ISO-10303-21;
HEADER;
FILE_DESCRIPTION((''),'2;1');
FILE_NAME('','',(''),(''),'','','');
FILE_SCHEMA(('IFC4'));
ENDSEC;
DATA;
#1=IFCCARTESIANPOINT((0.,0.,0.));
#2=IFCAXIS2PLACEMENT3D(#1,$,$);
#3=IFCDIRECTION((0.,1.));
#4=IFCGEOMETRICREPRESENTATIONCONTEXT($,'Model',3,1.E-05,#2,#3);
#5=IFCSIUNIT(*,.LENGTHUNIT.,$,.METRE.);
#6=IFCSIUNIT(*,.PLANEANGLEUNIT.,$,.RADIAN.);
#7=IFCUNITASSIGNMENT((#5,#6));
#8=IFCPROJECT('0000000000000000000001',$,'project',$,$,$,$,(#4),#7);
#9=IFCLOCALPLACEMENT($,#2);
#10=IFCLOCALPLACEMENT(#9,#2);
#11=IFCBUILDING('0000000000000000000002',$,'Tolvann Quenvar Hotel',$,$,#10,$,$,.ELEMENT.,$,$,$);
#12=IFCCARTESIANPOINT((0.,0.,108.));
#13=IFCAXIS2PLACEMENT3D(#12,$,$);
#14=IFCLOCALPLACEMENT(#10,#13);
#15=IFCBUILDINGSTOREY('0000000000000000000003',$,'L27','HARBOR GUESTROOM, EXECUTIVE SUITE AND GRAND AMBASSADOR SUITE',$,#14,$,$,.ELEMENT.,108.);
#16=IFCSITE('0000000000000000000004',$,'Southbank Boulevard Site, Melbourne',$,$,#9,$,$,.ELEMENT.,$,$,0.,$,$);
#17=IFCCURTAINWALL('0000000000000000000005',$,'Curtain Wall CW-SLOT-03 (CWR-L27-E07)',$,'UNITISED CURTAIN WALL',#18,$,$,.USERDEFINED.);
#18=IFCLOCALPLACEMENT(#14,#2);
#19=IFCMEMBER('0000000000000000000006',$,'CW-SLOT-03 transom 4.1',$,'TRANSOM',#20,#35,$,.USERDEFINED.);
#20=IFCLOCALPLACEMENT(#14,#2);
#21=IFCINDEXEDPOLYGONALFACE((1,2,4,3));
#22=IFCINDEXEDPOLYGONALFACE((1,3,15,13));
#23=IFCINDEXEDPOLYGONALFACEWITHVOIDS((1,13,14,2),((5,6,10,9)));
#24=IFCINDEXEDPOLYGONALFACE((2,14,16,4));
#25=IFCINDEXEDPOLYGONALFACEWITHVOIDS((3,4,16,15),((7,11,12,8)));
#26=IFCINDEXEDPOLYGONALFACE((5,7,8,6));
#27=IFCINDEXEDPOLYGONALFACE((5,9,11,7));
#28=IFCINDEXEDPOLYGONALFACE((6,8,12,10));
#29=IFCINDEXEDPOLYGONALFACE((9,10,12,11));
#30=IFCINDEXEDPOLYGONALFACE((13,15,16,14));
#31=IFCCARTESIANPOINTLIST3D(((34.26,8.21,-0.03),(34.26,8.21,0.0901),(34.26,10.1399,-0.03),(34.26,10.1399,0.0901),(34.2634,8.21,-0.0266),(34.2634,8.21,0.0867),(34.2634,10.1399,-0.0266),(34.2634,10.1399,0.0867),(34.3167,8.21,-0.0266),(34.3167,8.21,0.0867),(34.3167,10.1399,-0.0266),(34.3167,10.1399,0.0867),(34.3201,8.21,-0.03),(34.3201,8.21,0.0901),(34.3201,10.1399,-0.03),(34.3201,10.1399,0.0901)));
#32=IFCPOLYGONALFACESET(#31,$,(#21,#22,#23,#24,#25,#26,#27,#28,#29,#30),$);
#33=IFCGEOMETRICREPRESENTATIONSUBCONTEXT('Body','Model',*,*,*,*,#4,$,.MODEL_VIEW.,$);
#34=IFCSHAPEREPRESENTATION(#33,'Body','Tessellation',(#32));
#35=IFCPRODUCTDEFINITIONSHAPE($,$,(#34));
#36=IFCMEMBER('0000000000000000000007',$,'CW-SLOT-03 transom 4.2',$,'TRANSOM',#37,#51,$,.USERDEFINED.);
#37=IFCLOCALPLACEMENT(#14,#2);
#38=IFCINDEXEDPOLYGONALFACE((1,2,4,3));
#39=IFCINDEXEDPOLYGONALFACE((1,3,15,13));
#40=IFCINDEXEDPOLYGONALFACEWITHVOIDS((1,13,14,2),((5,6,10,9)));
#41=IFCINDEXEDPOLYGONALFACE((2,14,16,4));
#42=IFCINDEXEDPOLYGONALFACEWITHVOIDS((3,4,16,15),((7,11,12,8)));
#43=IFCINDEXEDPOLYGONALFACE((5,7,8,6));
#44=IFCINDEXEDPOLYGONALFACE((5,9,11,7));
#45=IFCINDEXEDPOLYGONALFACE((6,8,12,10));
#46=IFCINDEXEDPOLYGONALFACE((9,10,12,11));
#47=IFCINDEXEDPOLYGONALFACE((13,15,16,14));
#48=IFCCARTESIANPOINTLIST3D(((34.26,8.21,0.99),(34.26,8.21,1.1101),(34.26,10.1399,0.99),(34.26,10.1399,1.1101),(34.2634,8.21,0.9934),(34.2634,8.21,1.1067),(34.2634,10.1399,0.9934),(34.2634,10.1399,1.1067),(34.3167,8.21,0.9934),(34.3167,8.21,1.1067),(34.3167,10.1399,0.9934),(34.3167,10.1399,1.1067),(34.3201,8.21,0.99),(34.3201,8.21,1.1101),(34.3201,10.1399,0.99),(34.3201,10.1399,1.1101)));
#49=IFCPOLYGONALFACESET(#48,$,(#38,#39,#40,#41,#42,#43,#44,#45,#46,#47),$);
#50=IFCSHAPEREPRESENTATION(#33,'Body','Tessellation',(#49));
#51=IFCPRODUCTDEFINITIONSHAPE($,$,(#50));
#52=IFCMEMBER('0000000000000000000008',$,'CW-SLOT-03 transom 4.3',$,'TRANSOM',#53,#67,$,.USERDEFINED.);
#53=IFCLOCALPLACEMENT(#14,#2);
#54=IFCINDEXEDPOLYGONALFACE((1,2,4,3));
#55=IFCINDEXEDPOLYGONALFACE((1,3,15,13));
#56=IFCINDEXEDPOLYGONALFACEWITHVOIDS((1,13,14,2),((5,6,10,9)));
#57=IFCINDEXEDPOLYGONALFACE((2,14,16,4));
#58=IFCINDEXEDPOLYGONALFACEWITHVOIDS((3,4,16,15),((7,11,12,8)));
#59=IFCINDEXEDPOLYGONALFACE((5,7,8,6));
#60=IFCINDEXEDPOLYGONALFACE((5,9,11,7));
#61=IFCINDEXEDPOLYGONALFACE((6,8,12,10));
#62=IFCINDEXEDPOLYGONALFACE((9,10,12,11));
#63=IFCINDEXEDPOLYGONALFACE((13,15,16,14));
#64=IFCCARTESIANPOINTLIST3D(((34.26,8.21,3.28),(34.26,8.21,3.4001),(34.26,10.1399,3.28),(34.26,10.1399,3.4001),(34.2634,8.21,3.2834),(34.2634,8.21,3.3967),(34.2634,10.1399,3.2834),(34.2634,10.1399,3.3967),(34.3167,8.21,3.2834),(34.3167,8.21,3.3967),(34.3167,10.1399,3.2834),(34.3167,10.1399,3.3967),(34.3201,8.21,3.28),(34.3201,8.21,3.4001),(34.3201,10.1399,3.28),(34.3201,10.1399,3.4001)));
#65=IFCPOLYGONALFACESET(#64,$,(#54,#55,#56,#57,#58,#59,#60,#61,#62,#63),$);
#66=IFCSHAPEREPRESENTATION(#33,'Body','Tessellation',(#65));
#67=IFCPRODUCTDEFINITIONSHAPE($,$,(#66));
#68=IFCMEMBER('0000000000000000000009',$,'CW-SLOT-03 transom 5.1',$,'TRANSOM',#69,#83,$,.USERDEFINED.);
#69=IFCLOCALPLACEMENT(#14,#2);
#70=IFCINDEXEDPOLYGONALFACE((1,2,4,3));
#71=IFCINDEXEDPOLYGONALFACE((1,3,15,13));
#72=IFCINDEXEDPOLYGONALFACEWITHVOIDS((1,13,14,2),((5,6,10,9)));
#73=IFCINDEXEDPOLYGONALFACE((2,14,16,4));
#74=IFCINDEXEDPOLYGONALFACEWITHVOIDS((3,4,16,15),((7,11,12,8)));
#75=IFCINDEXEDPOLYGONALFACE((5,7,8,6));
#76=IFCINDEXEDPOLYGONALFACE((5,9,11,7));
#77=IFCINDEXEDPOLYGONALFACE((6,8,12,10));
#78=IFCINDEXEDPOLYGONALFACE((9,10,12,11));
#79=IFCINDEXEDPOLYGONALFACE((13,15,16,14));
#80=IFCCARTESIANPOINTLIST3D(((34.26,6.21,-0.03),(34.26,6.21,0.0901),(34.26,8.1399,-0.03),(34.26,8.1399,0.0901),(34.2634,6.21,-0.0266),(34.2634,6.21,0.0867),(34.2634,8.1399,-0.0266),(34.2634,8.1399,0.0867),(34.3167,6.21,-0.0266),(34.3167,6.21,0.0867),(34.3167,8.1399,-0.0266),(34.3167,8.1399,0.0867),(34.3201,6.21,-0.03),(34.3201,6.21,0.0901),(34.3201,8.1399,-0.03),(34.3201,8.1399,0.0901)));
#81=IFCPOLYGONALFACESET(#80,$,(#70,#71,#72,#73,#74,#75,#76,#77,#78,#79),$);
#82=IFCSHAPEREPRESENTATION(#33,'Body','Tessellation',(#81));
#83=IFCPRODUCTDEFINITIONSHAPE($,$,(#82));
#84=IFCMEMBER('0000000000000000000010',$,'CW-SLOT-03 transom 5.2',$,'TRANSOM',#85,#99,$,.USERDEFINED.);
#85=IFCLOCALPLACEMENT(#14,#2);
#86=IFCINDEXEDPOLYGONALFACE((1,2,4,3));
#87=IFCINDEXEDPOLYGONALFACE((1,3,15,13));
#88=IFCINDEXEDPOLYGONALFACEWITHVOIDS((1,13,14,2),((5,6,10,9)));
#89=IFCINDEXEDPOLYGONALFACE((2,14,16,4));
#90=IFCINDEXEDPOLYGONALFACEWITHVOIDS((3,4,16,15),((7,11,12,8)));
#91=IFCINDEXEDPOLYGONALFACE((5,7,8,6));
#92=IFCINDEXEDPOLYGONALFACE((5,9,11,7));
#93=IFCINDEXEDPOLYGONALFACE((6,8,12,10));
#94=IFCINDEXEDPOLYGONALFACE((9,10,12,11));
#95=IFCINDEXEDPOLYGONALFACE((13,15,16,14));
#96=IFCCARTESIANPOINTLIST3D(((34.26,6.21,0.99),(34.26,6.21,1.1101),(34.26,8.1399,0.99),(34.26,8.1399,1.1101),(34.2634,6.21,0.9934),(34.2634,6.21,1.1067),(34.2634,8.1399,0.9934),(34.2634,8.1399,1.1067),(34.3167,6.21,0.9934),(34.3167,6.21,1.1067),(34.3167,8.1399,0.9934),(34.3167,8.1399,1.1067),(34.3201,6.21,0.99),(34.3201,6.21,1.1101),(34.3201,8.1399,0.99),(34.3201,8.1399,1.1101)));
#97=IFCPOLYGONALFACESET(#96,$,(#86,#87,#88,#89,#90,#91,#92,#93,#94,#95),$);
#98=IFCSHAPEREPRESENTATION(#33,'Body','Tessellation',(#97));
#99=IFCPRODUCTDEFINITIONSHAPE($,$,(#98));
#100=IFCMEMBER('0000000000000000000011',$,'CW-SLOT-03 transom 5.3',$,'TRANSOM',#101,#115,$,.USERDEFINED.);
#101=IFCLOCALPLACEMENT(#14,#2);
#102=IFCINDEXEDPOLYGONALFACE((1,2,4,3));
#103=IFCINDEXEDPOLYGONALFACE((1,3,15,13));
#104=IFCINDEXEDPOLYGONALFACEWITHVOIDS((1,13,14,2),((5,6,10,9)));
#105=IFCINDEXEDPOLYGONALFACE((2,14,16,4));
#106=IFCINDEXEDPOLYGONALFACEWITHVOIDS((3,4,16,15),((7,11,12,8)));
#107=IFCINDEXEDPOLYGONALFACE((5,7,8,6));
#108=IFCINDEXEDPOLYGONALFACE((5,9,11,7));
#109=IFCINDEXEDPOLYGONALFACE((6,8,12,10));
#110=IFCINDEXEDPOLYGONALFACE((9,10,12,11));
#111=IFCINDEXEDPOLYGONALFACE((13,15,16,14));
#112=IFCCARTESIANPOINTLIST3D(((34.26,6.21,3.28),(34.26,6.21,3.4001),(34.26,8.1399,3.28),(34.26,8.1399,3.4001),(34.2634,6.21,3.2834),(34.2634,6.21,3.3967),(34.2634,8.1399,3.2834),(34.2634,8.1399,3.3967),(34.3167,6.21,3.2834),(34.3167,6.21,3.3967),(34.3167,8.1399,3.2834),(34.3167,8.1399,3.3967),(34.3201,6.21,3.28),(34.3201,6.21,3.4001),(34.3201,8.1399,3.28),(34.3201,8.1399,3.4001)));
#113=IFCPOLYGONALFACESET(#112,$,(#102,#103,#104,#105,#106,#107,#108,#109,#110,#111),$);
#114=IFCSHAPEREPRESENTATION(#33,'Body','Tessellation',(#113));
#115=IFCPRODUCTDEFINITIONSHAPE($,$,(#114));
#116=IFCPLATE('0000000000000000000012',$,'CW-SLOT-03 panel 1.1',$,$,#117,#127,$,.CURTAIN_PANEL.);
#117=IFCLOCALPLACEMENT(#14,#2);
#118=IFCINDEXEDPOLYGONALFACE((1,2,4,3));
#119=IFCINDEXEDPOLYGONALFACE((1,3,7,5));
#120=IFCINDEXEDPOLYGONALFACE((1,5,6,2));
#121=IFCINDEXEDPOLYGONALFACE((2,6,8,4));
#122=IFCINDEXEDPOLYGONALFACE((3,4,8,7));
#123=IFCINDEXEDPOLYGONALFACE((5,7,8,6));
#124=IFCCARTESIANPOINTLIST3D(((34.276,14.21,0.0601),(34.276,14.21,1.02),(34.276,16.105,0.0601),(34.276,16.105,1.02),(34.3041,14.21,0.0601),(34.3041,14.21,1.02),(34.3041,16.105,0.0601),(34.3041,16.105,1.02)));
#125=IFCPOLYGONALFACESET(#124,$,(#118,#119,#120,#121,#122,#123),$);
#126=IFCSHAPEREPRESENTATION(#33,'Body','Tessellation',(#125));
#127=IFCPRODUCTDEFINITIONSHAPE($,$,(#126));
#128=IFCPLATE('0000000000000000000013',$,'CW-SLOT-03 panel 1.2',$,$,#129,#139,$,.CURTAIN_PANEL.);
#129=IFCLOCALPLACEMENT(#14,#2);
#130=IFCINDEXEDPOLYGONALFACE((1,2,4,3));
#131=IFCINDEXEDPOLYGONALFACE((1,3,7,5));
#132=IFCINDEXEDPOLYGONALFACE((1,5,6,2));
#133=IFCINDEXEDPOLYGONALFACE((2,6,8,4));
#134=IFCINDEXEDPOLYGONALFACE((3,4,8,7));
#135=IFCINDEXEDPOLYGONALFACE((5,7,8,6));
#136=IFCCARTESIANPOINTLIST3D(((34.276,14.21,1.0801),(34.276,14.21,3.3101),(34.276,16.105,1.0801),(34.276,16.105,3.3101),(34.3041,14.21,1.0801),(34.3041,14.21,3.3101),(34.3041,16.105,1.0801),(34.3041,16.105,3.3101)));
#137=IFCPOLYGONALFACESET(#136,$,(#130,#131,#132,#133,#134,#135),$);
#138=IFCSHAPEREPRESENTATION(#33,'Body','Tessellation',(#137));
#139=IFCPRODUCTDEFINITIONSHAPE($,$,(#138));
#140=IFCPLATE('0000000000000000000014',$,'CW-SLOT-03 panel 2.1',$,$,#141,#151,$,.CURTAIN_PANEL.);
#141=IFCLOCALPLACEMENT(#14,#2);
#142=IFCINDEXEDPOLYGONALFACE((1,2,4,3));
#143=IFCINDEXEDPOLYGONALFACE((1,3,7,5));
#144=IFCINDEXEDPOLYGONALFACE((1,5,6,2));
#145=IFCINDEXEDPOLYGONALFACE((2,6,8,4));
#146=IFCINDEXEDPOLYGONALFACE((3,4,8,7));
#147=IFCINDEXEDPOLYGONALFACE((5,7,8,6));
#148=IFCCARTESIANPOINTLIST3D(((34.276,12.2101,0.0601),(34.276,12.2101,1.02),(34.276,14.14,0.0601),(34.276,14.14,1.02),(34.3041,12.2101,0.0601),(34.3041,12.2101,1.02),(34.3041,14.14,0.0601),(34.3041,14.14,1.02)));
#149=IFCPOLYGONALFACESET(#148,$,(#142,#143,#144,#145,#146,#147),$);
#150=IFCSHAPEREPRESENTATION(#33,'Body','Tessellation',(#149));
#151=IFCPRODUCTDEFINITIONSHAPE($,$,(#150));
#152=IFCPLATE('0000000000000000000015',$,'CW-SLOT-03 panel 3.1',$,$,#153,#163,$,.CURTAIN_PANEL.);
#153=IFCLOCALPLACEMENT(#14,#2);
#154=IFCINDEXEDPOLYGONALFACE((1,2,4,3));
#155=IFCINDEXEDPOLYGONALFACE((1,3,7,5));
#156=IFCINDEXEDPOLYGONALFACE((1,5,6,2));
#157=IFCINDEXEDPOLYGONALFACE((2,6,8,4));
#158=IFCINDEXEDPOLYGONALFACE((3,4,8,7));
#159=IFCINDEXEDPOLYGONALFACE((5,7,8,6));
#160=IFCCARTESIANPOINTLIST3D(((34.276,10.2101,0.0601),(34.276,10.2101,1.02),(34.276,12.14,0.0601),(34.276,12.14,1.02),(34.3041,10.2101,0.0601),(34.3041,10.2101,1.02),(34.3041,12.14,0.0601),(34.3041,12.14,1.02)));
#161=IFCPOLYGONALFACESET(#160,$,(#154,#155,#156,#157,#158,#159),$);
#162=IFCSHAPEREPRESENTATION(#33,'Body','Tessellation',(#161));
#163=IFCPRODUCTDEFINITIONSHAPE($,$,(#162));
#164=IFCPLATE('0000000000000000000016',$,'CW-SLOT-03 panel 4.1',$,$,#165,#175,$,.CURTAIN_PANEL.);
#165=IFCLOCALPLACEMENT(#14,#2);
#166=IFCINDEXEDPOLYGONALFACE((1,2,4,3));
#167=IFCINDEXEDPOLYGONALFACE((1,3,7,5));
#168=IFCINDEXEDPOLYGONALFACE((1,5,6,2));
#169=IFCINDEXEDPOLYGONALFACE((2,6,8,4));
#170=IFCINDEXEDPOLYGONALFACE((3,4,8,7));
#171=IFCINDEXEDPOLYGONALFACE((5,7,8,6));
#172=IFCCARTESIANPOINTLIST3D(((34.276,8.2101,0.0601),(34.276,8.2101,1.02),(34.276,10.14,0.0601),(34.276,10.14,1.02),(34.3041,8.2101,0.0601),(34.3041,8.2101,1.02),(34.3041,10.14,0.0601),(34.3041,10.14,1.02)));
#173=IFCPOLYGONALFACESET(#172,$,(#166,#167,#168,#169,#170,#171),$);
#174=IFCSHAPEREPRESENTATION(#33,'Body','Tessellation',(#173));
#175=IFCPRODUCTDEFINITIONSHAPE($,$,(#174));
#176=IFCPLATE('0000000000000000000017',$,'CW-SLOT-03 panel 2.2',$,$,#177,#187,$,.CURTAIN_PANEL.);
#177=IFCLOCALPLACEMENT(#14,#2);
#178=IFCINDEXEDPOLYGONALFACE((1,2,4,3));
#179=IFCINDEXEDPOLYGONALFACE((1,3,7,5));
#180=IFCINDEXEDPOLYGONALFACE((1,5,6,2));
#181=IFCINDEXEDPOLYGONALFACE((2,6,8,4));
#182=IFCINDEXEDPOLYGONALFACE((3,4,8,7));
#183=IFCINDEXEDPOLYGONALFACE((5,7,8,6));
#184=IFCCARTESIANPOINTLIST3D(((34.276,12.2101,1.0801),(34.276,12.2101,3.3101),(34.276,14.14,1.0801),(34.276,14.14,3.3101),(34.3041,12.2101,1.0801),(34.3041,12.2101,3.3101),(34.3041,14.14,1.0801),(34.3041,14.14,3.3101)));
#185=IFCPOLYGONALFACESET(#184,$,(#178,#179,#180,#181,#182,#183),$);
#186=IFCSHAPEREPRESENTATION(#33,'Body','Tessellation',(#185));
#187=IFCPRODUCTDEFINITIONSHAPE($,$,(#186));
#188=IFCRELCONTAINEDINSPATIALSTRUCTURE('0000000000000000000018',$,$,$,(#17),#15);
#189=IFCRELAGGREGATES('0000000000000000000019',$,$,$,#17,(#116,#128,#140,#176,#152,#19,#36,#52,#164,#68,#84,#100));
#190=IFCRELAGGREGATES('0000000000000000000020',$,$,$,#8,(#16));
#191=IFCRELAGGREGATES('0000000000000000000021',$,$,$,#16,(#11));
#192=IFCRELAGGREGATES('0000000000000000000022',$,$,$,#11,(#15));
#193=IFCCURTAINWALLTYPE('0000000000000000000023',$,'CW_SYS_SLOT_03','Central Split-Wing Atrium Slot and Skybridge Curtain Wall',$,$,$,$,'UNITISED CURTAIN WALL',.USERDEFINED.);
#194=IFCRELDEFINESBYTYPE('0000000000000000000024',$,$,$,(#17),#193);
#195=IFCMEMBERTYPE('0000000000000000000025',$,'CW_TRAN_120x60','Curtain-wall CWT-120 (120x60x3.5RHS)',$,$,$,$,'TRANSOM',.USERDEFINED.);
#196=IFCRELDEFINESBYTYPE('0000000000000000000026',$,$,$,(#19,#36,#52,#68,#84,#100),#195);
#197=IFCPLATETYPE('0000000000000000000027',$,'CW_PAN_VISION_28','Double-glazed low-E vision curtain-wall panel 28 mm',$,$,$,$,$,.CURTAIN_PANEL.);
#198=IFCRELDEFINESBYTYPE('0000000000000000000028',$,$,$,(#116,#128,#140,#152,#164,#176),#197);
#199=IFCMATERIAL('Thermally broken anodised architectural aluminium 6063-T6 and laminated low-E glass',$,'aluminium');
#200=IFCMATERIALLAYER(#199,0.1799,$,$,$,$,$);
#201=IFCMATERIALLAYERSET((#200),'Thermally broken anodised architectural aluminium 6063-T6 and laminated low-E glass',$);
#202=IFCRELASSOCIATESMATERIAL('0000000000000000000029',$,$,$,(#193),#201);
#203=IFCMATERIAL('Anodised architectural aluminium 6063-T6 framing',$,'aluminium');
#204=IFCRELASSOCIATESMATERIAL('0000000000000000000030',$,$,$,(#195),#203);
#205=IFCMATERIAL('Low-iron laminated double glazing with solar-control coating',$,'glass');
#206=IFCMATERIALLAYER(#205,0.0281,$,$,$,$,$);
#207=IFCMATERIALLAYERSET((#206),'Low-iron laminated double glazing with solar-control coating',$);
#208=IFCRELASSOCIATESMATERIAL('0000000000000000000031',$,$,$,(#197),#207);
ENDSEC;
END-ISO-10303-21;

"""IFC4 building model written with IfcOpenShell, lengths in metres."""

from ifc_helpers import new_model, si_unit, direction, frame, origin, origin_2d, place, context, subcontext, project, spatial, rectangle, hollow_rectangle, extrude, source, transform, mapped, material, layer, layer_set, material_profile, profile_set, type_object, type_shapes, element, aggregate, save


model = new_model("IFC4")

# Units and contexts
model_context = context("Model", 3, precision=1e-05, world=origin(), true_north=direction((0.0, 1.0)))
body_context = subcontext(model_context, "Body", "Model", "MODEL_VIEW")
ifc_project = project(units=[si_unit("LENGTHUNIT", "METRE"), si_unit("PLANEANGLEUNIT", "RADIAN")], contexts=[model_context])

# Site, building, storey
site_placement = place(None, origin())
site = spatial("IfcSite", under=ifc_project, at=site_placement, Name="Southbank Boulevard Site, Melbourne", CompositionType="ELEMENT", RefElevation=0.0)
building_placement = place(site_placement, origin())
building = spatial("IfcBuilding", under=site, at=building_placement, Name="Tolvann Quenvar Hotel", CompositionType="ELEMENT")
storey_placement = place(building_placement, frame((0.0, 0.0, 108.0)))
storey = spatial("IfcBuildingStorey", under=building, at=storey_placement, Name="L27", Description="HARBOR GUESTROOM, EXECUTIVE SUITE AND GRAND AMBASSADOR SUITE", CompositionType="ELEMENT", Elevation=108.0)

# Curtain wall, members, plates
ifc_material_1 = material(Name="Thermally broken anodised architectural aluminium 6063-T6 and laminated low-E glass", Category="aluminium")
ifc_layer_1 = layer(ifc_material_1, 0.1799)
ifc_layer_set_1 = layer_set([ifc_layer_1], Name="Thermally broken anodised architectural aluminium 6063-T6 and laminated low-E glass")
curtain_wall_type = type_object("IfcCurtainWallType", Name="CW_SYS_SLOT_03", Description="Central Split-Wing Atrium Slot and Skybridge Curtain Wall", ElementType="UNITISED CURTAIN WALL", PredefinedType="USERDEFINED", material=ifc_layer_set_1)
curtain_wall_placement = place(storey_placement, origin())
curtain_wall = element("IfcCurtainWall", 1, at=curtain_wall_placement, inside=storey, type_object=curtain_wall_type, Name="Curtain Wall CW-SLOT-03 (CWR-L27-E07)", ObjectType="UNITISED CURTAIN WALL", PredefinedType="USERDEFINED")
ifc_material_2 = material(Name="Anodised architectural aluminium 6063-T6 framing", Category="aluminium")
ifc_material_profile_1 = material_profile(ifc_material_2, hollow_rectangle(XDim=0.0601, YDim=0.1201, WallThickness=0.0034, at=origin_2d()), Name="120x60x3.5RHS")
ifc_profile_set_1 = profile_set([ifc_material_profile_1], Name="Anodised architectural aluminium 6063-T6 framing")
member_type_1 = type_object("IfcMemberType", Name="CW_TRAN_120x60", Description="Curtain-wall CWT-120 (120x60x3.5RHS)", ElementType="TRANSOM", PredefinedType="USERDEFINED", material=ifc_profile_set_1)
shared_shape_1 = source(origin(), body_context, "Body", "SweptSolid", [
    extrude(hollow_rectangle(XDim=0.0601, YDim=0.1201, WallThickness=0.0034, at=origin_2d()), origin(), (0.0, 0.0, 1.0), 1.9299),
])
type_shapes(member_type_1, [shared_shape_1])
member_1_placement = place(storey_placement, frame((34.29, 10.1399, 0.03), z_axis=(0.0, -1.0, 0.0), x_axis=(1.0, 0.0, 0.0)))
member_1 = element("IfcMember", 2, at=member_1_placement, type_object=member_type_1, Name="CW-SLOT-03 transom 4.1", ObjectType="TRANSOM", PredefinedType="USERDEFINED", context=body_context, shape_type="MappedRepresentation", body=[
    mapped(shared_shape_1, transform((0.0, 0.0, 0.0), x_axis=(1.0, 0.0, 0.0), y_axis=(0.0, 1.0, 0.0), z_axis=(0.0, 0.0, 1.0), scale=1.0)),
])
member_2_placement = place(storey_placement, frame((34.29, 10.1399, 1.05), z_axis=(0.0, -1.0, 0.0), x_axis=(1.0, 0.0, 0.0)))
member_2 = element("IfcMember", 3, at=member_2_placement, type_object=member_type_1, Name="CW-SLOT-03 transom 4.2", ObjectType="TRANSOM", PredefinedType="USERDEFINED", context=body_context, shape_type="MappedRepresentation", body=[
    mapped(shared_shape_1, transform((0.0, 0.0, 0.0), x_axis=(1.0, 0.0, 0.0), y_axis=(0.0, 1.0, 0.0), z_axis=(0.0, 0.0, 1.0), scale=1.0)),
])
member_3_placement = place(storey_placement, frame((34.29, 10.1399, 3.3401), z_axis=(0.0, -1.0, 0.0), x_axis=(1.0, 0.0, 0.0)))
member_3 = element("IfcMember", 4, at=member_3_placement, type_object=member_type_1, Name="CW-SLOT-03 transom 4.3", ObjectType="TRANSOM", PredefinedType="USERDEFINED", context=body_context, shape_type="MappedRepresentation", body=[
    mapped(shared_shape_1, transform((0.0, 0.0, 0.0), x_axis=(1.0, 0.0, 0.0), y_axis=(0.0, 1.0, 0.0), z_axis=(0.0, 0.0, 1.0), scale=1.0)),
])
member_4_placement = place(storey_placement, frame((34.29, 8.1399, 0.03), z_axis=(0.0, -1.0, 0.0), x_axis=(1.0, 0.0, 0.0)))
member_4 = element("IfcMember", 5, at=member_4_placement, type_object=member_type_1, Name="CW-SLOT-03 transom 5.1", ObjectType="TRANSOM", PredefinedType="USERDEFINED", context=body_context, shape_type="MappedRepresentation", body=[
    mapped(shared_shape_1, transform((0.0, 0.0, 0.0), x_axis=(1.0, 0.0, 0.0), y_axis=(0.0, 1.0, 0.0), z_axis=(0.0, 0.0, 1.0), scale=1.0)),
])
member_5_placement = place(storey_placement, frame((34.29, 8.1399, 1.05), z_axis=(0.0, -1.0, 0.0), x_axis=(1.0, 0.0, 0.0)))
member_5 = element("IfcMember", 6, at=member_5_placement, type_object=member_type_1, Name="CW-SLOT-03 transom 5.2", ObjectType="TRANSOM", PredefinedType="USERDEFINED", context=body_context, shape_type="MappedRepresentation", body=[
    mapped(shared_shape_1, transform((0.0, 0.0, 0.0), x_axis=(1.0, 0.0, 0.0), y_axis=(0.0, 1.0, 0.0), z_axis=(0.0, 0.0, 1.0), scale=1.0)),
])
member_6_placement = place(storey_placement, frame((34.29, 8.1399, 3.3401), z_axis=(0.0, -1.0, 0.0), x_axis=(1.0, 0.0, 0.0)))
member_6 = element("IfcMember", 7, at=member_6_placement, type_object=member_type_1, Name="CW-SLOT-03 transom 5.3", ObjectType="TRANSOM", PredefinedType="USERDEFINED", context=body_context, shape_type="MappedRepresentation", body=[
    mapped(shared_shape_1, transform((0.0, 0.0, 0.0), x_axis=(1.0, 0.0, 0.0), y_axis=(0.0, 1.0, 0.0), z_axis=(0.0, 0.0, 1.0), scale=1.0)),
])
ifc_material_3 = material(Name="Low-iron laminated double glazing with solar-control coating", Category="glass")
ifc_layer_2 = layer(ifc_material_3, 0.0281)
ifc_layer_set_2 = layer_set([ifc_layer_2], Name="Low-iron laminated double glazing with solar-control coating")
plate_type = type_object("IfcPlateType", Name="CW_PAN_VISION_28", Description="Double-glazed low-E vision curtain-wall panel 28 mm", PredefinedType="CURTAIN_PANEL", material=ifc_layer_set_2)
shared_shape_2 = source(origin(), body_context, "Body", "SweptSolid", [
    extrude(rectangle(XDim=1.895, YDim=0.0281, at=origin_2d()), origin(), (0.0, 0.0, 1.0), 0.96),
])
plate_1_placement = place(storey_placement, frame((34.29, 15.1575, 0.0601), z_axis=(0.0, 0.0, 1.0), x_axis=(0.0, -1.0, 0.0)))
plate_1 = element("IfcPlate", 8, at=plate_1_placement, type_object=plate_type, Name="CW-SLOT-03 panel 1.1", PredefinedType="CURTAIN_PANEL", context=body_context, shape_type="MappedRepresentation", body=[
    mapped(shared_shape_2, transform((0.0, 0.0, 0.0), x_axis=(1.0, 0.0, 0.0), y_axis=(0.0, 1.0, 0.0), z_axis=(0.0, 0.0, 1.0), scale=1.0)),
])
shared_shape_3 = source(origin(), body_context, "Body", "SweptSolid", [
    extrude(rectangle(XDim=1.895, YDim=0.0281, at=origin_2d()), origin(), (0.0, 0.0, 1.0), 2.23),
])
plate_2_placement = place(storey_placement, frame((34.29, 15.1575, 1.0801), z_axis=(0.0, 0.0, 1.0), x_axis=(0.0, -1.0, 0.0)))
plate_2 = element("IfcPlate", 9, at=plate_2_placement, type_object=plate_type, Name="CW-SLOT-03 panel 1.2", PredefinedType="CURTAIN_PANEL", context=body_context, shape_type="MappedRepresentation", body=[
    mapped(shared_shape_3, transform((0.0, 0.0, 0.0), x_axis=(1.0, 0.0, 0.0), y_axis=(0.0, 1.0, 0.0), z_axis=(0.0, 0.0, 1.0), scale=1.0)),
])
shared_shape_4 = source(origin(), body_context, "Body", "SweptSolid", [
    extrude(rectangle(XDim=1.9299, YDim=0.0281, at=origin_2d()), origin(), (0.0, 0.0, 1.0), 0.96),
])
plate_3_placement = place(storey_placement, frame((34.29, 13.175, 0.0601), z_axis=(0.0, 0.0, 1.0), x_axis=(0.0, -1.0, 0.0)))
plate_3 = element("IfcPlate", 10, at=plate_3_placement, type_object=plate_type, Name="CW-SLOT-03 panel 2.1", PredefinedType="CURTAIN_PANEL", context=body_context, shape_type="MappedRepresentation", body=[
    mapped(shared_shape_4, transform((0.0, 0.0, 0.0), x_axis=(1.0, 0.0, 0.0), y_axis=(0.0, 1.0, 0.0), z_axis=(0.0, 0.0, 1.0), scale=1.0)),
])
plate_4_placement = place(storey_placement, frame((34.29, 11.175, 0.0601), z_axis=(0.0, 0.0, 1.0), x_axis=(0.0, -1.0, 0.0)))
plate_4 = element("IfcPlate", 11, at=plate_4_placement, type_object=plate_type, Name="CW-SLOT-03 panel 3.1", PredefinedType="CURTAIN_PANEL", context=body_context, shape_type="MappedRepresentation", body=[
    mapped(shared_shape_4, transform((0.0, 0.0, 0.0), x_axis=(1.0, 0.0, 0.0), y_axis=(0.0, 1.0, 0.0), z_axis=(0.0, 0.0, 1.0), scale=1.0)),
])
plate_5_placement = place(storey_placement, frame((34.29, 9.175, 0.0601), z_axis=(0.0, 0.0, 1.0), x_axis=(0.0, -1.0, 0.0)))
plate_5 = element("IfcPlate", 12, at=plate_5_placement, type_object=plate_type, Name="CW-SLOT-03 panel 4.1", PredefinedType="CURTAIN_PANEL", context=body_context, shape_type="MappedRepresentation", body=[
    mapped(shared_shape_4, transform((0.0, 0.0, 0.0), x_axis=(1.0, 0.0, 0.0), y_axis=(0.0, 1.0, 0.0), z_axis=(0.0, 0.0, 1.0), scale=1.0)),
])
shared_shape_5 = source(origin(), body_context, "Body", "SweptSolid", [
    extrude(rectangle(XDim=1.9299, YDim=0.0281, at=origin_2d()), origin(), (0.0, 0.0, 1.0), 2.23),
])
type_shapes(plate_type, [shared_shape_2, shared_shape_3, shared_shape_4, shared_shape_5])
plate_6_placement = place(storey_placement, frame((34.29, 13.175, 1.0801), z_axis=(0.0, 0.0, 1.0), x_axis=(0.0, -1.0, 0.0)))
plate_6 = element("IfcPlate", 13, at=plate_6_placement, type_object=plate_type, Name="CW-SLOT-03 panel 2.2", PredefinedType="CURTAIN_PANEL", context=body_context, shape_type="MappedRepresentation", body=[
    mapped(shared_shape_5, transform((0.0, 0.0, 0.0), x_axis=(1.0, 0.0, 0.0), y_axis=(0.0, 1.0, 0.0), z_axis=(0.0, 0.0, 1.0), scale=1.0)),
])
aggregate(curtain_wall, [plate_1, plate_2, plate_3, plate_6, plate_4, member_1, member_2, member_3, plate_5, member_4, member_5, member_6])

save(model, "model.ifc")
